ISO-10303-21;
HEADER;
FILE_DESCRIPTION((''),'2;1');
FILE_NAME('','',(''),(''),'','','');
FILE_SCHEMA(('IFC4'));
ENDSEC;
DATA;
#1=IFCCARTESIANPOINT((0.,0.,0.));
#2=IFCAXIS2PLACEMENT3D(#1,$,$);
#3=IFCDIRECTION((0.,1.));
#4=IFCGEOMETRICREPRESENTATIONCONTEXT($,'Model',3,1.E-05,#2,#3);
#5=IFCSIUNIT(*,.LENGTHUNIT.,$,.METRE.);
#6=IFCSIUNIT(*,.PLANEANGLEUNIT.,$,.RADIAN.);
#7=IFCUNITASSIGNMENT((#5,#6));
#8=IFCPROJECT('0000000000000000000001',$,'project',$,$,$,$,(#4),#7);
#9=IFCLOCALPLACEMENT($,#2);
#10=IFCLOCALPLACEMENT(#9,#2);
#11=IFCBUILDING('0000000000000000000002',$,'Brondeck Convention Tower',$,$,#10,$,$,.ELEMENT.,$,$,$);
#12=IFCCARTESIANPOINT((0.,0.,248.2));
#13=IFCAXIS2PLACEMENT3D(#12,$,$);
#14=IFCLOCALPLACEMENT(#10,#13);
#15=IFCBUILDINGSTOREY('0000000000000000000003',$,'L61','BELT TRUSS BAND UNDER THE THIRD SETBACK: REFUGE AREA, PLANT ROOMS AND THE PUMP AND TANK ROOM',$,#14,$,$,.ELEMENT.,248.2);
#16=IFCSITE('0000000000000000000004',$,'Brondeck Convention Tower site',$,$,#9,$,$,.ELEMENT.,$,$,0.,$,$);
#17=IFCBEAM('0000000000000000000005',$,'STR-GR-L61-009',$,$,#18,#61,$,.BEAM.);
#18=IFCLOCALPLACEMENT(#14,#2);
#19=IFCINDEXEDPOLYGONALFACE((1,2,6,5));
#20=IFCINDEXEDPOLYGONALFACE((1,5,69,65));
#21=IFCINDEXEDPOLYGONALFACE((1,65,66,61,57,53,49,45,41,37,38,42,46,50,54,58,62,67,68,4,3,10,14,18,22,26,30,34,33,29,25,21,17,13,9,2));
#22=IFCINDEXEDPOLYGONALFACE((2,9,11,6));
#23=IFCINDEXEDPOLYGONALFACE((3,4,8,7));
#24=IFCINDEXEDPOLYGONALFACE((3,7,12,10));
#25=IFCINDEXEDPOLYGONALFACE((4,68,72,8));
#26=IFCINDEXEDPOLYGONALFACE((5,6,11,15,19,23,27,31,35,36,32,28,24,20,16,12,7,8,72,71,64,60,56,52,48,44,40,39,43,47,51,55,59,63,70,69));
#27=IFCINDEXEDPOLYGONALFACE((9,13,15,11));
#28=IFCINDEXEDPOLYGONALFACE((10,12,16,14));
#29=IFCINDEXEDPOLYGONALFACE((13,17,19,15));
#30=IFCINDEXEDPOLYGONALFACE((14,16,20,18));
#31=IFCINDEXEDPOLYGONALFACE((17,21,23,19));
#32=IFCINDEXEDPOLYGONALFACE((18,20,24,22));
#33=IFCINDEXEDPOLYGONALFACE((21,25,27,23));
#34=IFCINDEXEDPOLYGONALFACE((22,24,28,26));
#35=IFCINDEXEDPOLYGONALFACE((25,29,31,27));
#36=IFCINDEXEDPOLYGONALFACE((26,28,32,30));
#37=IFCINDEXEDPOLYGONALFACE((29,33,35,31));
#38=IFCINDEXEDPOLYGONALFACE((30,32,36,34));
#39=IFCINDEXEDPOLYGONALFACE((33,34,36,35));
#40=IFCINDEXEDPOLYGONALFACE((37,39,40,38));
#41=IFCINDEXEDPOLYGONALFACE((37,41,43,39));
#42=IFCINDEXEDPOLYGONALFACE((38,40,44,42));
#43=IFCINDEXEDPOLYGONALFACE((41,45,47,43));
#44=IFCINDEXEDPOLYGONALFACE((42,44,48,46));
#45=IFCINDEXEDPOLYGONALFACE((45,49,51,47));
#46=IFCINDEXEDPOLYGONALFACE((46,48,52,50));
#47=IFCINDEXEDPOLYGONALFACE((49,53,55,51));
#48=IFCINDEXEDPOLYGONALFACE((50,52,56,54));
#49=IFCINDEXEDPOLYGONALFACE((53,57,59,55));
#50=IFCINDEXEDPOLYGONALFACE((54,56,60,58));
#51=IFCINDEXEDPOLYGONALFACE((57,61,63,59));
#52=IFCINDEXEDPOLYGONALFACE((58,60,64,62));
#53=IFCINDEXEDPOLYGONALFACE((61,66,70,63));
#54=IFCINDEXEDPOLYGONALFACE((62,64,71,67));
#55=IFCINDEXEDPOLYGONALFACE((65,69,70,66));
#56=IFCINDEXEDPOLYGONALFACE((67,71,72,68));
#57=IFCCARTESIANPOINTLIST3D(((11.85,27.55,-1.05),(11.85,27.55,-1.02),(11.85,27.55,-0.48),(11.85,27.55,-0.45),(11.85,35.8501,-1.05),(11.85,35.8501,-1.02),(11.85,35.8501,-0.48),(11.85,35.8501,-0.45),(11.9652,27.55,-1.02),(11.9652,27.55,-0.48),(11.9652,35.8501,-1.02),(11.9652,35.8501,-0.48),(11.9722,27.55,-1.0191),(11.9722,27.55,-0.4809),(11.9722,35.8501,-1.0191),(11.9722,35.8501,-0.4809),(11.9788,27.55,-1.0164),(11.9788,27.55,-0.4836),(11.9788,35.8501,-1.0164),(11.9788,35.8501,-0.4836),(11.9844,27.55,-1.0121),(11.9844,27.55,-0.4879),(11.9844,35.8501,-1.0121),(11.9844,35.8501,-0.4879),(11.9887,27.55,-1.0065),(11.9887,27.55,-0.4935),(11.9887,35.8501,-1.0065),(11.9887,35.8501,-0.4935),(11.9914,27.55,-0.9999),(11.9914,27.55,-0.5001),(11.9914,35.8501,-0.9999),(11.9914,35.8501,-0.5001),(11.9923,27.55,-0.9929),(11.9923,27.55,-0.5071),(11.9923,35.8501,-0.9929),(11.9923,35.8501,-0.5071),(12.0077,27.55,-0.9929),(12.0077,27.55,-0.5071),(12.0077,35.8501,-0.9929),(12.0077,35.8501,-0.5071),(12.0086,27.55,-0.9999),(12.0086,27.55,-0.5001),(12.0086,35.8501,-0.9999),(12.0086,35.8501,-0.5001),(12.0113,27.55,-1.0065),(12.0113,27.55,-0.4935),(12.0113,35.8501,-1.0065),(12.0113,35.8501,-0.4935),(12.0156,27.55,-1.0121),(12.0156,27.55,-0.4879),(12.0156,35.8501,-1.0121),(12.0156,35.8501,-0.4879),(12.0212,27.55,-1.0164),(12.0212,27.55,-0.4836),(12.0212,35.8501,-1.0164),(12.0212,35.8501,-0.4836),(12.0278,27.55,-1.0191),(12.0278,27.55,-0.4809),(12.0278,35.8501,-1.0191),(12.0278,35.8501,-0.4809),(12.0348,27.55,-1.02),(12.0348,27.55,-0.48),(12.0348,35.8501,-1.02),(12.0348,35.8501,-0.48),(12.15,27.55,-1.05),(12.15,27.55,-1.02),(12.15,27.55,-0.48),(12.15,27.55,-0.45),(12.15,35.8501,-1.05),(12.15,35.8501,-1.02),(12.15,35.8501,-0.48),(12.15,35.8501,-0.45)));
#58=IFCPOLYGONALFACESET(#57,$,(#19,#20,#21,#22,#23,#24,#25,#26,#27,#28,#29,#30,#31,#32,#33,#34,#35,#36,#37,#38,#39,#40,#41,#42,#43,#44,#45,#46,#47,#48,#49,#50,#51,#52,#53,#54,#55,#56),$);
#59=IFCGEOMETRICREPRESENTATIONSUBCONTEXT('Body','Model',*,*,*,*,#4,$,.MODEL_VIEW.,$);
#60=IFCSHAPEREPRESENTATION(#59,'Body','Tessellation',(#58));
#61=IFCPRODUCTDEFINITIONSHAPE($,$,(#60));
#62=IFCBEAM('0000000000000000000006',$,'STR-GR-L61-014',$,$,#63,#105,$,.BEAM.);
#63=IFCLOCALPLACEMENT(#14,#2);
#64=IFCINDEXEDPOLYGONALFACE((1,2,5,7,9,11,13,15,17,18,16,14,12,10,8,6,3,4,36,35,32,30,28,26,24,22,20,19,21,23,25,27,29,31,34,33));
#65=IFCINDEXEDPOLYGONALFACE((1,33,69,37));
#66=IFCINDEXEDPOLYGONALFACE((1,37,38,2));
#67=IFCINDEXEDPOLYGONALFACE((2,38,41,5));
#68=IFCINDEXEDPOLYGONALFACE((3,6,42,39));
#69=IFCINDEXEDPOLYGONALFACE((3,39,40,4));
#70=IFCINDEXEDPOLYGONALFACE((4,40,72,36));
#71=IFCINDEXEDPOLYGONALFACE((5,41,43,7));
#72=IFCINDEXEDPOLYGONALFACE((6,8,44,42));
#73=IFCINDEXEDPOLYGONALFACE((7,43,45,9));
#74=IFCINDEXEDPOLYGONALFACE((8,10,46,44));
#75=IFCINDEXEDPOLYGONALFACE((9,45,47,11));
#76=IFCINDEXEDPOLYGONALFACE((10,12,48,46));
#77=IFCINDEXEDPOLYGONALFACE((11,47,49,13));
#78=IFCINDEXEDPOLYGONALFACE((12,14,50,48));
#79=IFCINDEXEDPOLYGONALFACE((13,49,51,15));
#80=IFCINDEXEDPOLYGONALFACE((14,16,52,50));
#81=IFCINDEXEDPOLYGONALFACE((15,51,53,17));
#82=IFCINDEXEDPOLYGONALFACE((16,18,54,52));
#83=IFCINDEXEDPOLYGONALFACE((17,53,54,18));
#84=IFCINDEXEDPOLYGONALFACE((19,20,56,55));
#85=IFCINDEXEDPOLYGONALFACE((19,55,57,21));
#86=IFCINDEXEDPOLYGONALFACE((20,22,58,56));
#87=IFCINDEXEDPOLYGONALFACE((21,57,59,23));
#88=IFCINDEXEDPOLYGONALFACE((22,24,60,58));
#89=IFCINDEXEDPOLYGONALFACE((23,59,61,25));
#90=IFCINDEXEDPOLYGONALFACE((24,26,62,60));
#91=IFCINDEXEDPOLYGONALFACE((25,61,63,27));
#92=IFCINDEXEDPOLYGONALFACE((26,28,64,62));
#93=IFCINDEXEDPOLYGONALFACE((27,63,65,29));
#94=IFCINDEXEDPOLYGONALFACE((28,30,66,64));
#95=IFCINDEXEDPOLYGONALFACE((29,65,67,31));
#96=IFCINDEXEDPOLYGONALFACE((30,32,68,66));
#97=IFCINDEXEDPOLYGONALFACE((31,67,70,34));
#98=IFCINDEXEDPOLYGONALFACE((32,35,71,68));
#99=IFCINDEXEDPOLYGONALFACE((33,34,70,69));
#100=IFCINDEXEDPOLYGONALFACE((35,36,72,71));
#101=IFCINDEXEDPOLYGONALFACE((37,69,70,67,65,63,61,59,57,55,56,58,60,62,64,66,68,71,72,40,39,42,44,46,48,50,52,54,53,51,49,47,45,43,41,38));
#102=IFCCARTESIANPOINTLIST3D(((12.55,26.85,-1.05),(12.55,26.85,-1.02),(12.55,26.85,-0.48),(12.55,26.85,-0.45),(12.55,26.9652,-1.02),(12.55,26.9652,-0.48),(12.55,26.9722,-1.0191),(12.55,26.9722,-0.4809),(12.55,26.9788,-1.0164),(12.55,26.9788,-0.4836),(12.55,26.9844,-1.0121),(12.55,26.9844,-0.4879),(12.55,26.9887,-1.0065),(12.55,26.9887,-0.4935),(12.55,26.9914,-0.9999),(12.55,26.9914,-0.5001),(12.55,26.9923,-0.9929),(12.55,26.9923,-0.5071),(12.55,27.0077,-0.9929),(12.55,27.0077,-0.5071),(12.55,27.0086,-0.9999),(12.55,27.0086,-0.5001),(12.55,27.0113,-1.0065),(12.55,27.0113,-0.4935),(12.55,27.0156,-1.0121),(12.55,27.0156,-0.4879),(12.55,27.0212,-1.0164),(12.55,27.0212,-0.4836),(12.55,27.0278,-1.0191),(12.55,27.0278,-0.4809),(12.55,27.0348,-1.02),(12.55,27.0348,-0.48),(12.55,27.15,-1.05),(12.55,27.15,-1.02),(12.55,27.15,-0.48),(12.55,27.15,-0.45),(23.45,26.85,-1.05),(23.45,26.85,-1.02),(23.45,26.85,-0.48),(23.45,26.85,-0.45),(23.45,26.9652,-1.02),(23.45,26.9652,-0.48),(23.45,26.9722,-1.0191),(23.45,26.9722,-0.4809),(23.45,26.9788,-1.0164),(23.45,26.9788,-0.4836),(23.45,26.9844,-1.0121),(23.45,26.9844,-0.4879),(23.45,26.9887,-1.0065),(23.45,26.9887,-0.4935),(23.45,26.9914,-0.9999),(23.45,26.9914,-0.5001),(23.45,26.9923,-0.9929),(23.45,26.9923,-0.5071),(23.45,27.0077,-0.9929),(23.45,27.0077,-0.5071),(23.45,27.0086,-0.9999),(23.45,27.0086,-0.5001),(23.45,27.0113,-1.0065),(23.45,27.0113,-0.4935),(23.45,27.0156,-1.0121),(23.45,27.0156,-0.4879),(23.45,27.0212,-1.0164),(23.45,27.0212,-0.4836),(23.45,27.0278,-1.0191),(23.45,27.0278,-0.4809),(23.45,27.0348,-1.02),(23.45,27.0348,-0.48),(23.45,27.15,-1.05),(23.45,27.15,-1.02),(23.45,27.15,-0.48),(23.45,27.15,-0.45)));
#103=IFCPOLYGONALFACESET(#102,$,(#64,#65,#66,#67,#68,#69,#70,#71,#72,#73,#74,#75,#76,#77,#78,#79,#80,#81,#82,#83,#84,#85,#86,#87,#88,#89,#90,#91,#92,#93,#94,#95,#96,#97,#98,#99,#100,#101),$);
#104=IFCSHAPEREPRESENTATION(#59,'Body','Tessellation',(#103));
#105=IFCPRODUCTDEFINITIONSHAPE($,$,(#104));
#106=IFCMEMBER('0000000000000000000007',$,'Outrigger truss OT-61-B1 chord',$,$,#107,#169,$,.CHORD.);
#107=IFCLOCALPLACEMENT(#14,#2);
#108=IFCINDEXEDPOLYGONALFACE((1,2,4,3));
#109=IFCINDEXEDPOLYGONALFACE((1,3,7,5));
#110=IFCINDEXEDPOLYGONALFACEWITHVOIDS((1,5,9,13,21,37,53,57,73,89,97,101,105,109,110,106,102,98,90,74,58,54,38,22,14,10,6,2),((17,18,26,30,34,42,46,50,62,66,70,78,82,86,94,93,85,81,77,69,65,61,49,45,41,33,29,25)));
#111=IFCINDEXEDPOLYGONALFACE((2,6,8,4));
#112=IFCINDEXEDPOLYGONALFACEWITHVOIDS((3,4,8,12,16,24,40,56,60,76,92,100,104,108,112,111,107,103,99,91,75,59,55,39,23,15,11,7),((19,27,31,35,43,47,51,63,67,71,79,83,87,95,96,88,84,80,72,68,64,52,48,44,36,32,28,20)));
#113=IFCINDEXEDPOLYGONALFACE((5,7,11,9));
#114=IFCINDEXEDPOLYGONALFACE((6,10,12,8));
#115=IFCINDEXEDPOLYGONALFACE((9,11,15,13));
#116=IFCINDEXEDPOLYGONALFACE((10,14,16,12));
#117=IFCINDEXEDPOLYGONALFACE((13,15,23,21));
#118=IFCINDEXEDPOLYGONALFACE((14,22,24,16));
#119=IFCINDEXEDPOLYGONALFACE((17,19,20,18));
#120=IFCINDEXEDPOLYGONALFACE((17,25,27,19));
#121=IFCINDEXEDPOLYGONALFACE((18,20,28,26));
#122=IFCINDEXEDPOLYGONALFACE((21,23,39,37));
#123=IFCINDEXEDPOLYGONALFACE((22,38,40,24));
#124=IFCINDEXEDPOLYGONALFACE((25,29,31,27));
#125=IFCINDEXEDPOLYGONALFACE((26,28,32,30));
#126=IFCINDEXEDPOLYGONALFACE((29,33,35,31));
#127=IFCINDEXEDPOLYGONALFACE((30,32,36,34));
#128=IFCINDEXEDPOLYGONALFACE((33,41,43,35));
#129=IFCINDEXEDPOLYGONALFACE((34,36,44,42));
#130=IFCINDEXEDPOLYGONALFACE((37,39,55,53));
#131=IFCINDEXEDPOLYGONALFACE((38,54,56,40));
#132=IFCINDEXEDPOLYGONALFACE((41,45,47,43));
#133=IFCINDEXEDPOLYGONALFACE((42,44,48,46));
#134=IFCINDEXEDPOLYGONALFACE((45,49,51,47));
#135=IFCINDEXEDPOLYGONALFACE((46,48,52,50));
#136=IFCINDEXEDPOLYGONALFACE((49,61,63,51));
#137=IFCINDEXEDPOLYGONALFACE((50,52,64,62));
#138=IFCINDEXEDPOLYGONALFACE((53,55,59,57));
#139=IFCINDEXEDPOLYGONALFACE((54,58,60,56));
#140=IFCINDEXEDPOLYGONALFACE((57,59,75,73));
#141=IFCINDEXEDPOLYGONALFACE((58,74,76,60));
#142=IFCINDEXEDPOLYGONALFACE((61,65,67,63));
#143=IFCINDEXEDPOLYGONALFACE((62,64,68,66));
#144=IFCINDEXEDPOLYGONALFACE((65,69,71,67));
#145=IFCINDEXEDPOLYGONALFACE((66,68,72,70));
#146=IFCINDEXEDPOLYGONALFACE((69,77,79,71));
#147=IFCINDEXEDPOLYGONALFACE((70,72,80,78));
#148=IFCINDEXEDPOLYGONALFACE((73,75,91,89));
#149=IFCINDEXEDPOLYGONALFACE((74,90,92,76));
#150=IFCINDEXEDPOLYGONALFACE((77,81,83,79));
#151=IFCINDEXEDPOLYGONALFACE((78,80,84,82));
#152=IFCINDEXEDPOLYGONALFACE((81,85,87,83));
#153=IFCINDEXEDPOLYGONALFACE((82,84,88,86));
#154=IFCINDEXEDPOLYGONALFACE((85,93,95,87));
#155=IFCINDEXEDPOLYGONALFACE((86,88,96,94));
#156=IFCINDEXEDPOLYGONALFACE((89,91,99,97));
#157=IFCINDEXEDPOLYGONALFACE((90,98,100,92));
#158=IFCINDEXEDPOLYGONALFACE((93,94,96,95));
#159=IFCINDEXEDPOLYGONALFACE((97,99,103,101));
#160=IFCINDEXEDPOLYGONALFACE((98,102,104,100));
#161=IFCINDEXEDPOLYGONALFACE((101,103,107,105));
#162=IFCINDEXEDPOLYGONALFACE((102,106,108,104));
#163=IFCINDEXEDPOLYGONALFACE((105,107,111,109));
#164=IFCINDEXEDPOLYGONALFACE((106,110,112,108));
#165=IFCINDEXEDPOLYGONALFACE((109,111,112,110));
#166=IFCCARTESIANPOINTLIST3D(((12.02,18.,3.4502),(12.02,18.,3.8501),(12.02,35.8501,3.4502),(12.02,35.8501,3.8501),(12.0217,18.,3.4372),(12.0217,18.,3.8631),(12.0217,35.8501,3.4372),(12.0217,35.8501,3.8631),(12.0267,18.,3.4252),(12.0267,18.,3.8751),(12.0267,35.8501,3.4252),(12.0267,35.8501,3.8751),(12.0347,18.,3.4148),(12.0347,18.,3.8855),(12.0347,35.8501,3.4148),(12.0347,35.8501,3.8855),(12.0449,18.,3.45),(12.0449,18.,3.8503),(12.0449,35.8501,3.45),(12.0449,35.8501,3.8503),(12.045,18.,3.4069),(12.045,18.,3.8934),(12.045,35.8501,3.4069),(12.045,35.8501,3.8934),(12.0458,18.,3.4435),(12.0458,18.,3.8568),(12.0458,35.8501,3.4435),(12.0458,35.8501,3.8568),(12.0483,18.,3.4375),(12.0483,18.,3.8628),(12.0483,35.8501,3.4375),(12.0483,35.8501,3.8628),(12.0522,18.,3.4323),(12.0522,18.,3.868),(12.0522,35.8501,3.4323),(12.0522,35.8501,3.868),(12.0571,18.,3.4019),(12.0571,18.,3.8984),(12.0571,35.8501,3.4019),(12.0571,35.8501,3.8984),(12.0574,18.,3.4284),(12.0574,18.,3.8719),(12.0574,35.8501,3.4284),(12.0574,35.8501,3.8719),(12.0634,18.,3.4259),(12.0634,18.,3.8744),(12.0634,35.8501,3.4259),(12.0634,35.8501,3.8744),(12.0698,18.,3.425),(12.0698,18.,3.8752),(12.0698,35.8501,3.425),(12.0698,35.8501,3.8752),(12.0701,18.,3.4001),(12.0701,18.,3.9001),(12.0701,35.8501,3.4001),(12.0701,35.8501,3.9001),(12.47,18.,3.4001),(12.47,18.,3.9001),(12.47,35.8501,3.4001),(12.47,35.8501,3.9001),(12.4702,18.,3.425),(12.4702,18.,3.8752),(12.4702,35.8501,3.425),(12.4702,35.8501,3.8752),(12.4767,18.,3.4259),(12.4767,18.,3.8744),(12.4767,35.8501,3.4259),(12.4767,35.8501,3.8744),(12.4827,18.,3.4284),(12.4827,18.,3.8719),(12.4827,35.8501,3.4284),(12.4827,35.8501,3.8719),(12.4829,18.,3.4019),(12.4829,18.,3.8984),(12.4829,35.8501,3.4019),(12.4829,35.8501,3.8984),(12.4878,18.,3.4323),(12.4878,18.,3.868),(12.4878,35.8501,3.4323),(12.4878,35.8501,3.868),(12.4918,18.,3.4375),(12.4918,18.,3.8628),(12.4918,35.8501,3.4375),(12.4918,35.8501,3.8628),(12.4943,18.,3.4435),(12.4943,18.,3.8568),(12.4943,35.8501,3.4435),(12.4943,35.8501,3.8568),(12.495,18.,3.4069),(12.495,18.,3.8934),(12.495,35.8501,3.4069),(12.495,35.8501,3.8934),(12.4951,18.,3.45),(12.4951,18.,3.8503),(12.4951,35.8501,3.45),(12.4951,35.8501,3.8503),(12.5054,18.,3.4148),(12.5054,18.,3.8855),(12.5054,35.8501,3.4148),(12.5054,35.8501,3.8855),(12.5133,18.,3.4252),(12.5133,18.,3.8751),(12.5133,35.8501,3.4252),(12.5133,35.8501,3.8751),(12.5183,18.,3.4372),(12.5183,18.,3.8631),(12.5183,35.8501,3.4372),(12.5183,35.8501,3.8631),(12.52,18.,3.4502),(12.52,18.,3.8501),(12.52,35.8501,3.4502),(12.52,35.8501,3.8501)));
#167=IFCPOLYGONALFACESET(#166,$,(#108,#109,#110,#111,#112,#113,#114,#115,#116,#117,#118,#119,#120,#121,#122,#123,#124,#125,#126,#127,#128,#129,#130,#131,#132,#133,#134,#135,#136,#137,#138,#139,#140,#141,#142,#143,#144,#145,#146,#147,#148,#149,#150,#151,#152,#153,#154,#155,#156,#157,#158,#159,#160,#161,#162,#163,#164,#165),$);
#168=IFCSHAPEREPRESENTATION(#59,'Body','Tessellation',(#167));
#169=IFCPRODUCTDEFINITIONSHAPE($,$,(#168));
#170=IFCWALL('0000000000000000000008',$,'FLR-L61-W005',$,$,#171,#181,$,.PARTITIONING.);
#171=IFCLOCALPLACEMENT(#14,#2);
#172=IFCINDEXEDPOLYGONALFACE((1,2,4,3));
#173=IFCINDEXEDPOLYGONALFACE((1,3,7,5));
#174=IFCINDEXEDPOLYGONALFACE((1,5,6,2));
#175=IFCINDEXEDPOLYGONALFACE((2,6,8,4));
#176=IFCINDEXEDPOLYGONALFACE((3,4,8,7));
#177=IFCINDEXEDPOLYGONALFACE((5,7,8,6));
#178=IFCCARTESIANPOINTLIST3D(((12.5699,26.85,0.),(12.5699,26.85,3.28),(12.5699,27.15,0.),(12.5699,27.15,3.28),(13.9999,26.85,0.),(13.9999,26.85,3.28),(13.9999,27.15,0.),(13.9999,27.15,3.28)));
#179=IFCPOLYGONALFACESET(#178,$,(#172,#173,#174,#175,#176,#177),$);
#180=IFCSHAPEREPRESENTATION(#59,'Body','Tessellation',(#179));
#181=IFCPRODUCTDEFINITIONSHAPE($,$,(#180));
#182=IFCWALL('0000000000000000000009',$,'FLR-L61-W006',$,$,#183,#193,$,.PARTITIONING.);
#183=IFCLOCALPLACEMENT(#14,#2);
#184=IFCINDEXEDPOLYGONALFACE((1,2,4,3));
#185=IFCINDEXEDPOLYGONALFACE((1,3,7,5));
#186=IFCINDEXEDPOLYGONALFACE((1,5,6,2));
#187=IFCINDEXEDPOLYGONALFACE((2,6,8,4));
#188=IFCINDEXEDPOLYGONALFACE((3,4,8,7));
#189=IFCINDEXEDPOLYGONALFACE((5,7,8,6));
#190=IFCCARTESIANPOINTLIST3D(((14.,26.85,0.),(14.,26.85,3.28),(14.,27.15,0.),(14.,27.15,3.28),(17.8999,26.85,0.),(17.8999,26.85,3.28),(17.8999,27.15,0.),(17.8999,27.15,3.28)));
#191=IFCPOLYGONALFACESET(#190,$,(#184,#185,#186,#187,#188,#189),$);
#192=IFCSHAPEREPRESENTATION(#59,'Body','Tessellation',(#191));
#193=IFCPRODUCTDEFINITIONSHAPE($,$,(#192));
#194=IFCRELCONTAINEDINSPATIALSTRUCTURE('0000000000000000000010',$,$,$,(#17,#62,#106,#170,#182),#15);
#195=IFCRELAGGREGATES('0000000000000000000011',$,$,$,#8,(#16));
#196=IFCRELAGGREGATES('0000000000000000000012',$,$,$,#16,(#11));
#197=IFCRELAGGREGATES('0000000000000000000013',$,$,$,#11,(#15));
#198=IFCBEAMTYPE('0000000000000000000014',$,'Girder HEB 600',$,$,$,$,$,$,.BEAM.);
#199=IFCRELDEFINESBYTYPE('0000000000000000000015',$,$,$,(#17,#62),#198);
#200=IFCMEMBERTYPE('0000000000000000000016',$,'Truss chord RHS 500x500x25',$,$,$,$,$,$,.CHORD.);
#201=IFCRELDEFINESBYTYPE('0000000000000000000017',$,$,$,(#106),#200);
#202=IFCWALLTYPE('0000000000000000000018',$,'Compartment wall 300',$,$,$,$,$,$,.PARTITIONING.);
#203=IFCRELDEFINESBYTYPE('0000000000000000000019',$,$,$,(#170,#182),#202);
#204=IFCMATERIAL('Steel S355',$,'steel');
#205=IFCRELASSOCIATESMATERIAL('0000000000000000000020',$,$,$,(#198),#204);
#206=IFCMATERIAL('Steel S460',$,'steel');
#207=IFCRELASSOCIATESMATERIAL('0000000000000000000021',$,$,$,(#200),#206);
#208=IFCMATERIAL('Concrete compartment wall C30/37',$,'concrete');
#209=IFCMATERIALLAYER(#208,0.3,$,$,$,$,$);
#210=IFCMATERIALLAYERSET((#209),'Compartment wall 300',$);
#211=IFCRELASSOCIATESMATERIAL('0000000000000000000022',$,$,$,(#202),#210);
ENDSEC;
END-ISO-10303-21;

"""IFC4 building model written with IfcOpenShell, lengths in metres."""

from ifc_helpers import new_model, si_unit, direction, frame, frame_2d, origin, origin_2d, place, context, subcontext, project, spatial, rectangle, hollow_rectangle, i_section, extrude, material, layer, layer_set, material_profile, profile_set, type_object, element, save


model = new_model("IFC4")

# Units and contexts
model_context = context("Model", 3, precision=1e-05, world=origin(), true_north=direction((0.0, 1.0)))
body_context = subcontext(model_context, "Body", "Model", "MODEL_VIEW")
ifc_project = project(units=[si_unit("LENGTHUNIT", "METRE"), si_unit("PLANEANGLEUNIT", "RADIAN")], contexts=[model_context])

# Site, building, storey
site_placement = place(None, origin())
site = spatial("IfcSite", under=ifc_project, at=site_placement, Name="Brondeck Convention Tower site", CompositionType="ELEMENT", RefElevation=0.0)
building_placement = place(site_placement, origin())
building = spatial("IfcBuilding", under=site, at=building_placement, Name="Brondeck Convention Tower", CompositionType="ELEMENT")
storey_placement = place(building_placement, frame((0.0, 0.0, 248.2)))
storey = spatial("IfcBuildingStorey", under=building, at=storey_placement, Name="L61", Description="BELT TRUSS BAND UNDER THE THIRD SETBACK: REFUGE AREA, PLANT ROOMS AND THE PUMP AND TANK ROOM", CompositionType="ELEMENT", Elevation=248.2)

# Beams
ifc_material_1 = material(Name="Steel S355", Category="steel")
ifc_material_profile_1 = material_profile(ifc_material_1, i_section(OverallWidth=0.3, OverallDepth=0.6001, WebThickness=0.0154, FlangeThickness=0.03, FilletRadius=0.0271, at=origin_2d()), Name="HEB 600")
ifc_profile_set_1 = profile_set([ifc_material_profile_1], Name="Steel S355")
beam_type = type_object("IfcBeamType", Name="Girder HEB 600", PredefinedType="BEAM", material=ifc_profile_set_1)
beam_1_placement = place(storey_placement, frame((12.0, 35.8501, -0.75), z_axis=(0.0, -1.0, 0.0), x_axis=(1.0, 0.0, 0.0)))
element("IfcBeam", 1, at=beam_1_placement, inside=storey, type_object=beam_type, Name="STR-GR-L61-009", PredefinedType="BEAM", context=body_context, shape_type="SweptSolid", body=[
    extrude(i_section(OverallWidth=0.3, OverallDepth=0.6001, WebThickness=0.0154, FlangeThickness=0.03, FilletRadius=0.0271, at=origin_2d()), origin(), (0.0, 0.0, 1.0), 8.3),
])
beam_2_placement = place(storey_placement, frame((12.55, 27.0, -0.75), z_axis=(1.0, 0.0, 0.0), x_axis=(0.0, 1.0, 0.0)))
element("IfcBeam", 2, at=beam_2_placement, inside=storey, type_object=beam_type, Name="STR-GR-L61-014", PredefinedType="BEAM", context=body_context, shape_type="SweptSolid", body=[
    extrude(i_section(OverallWidth=0.3, OverallDepth=0.6001, WebThickness=0.0154, FlangeThickness=0.03, FilletRadius=0.0271, at=origin_2d()), origin(), (0.0, 0.0, 1.0), 10.8999),
])

# Member
ifc_material_2 = material(Name="Steel S460", Category="steel")
ifc_material_profile_2 = material_profile(ifc_material_2, hollow_rectangle(XDim=0.5, YDim=0.5, WallThickness=0.0249, InnerFilletRadius=0.0249, OuterFilletRadius=0.05, at=origin_2d()), Name="RHS 500x500x25")
ifc_profile_set_2 = profile_set([ifc_material_profile_2], Name="Steel S460")
member_type = type_object("IfcMemberType", Name="Truss chord RHS 500x500x25", PredefinedType="CHORD", material=ifc_profile_set_2)
member_placement = place(storey_placement, frame((12.27, 35.8501, 3.6501), z_axis=(0.0, -1.0, 0.0), x_axis=(1.0, 0.0, 0.0)))
element("IfcMember", 3, at=member_placement, inside=storey, type_object=member_type, Name="Outrigger truss OT-61-B1 chord", PredefinedType="CHORD", context=body_context, shape_type="SweptSolid", body=[
    extrude(hollow_rectangle(XDim=0.5, YDim=0.5, WallThickness=0.0249, InnerFilletRadius=0.0249, OuterFilletRadius=0.05, at=origin_2d()), origin(), (0.0, 0.0, 1.0), 17.8501),
])

# Walls
ifc_material_3 = material(Name="Concrete compartment wall C30/37", Category="concrete")
ifc_layer_1 = layer(ifc_material_3, 0.3)
ifc_layer_set_1 = layer_set([ifc_layer_1], Name="Compartment wall 300")
wall_type_1 = type_object("IfcWallType", Name="Compartment wall 300", PredefinedType="PARTITIONING", material=ifc_layer_set_1)
wall_1_placement = place(storey_placement, frame((12.5701, 27.0, 0.0), z_axis=(0.0, 0.0, 1.0), x_axis=(1.0, 0.0, 0.0)))
element("IfcWall", 4, at=wall_1_placement, inside=storey, type_object=wall_type_1, Name="FLR-L61-W005", PredefinedType="PARTITIONING", context=body_context, shape_type="SweptSolid", body=[
    extrude(rectangle(XDim=1.4299, YDim=0.3, at=frame_2d((0.7148, 0.0))), origin(), (0.0, 0.0, 1.0), 3.28),
])
wall_2_placement = place(storey_placement, frame((17.8999, 27.0, 0.0), z_axis=(0.0, 0.0, 1.0), x_axis=(-1.0, 0.0, 0.0)))
element("IfcWall", 5, at=wall_2_placement, inside=storey, type_object=wall_type_1, Name="FLR-L61-W006", PredefinedType="PARTITIONING", context=body_context, shape_type="SweptSolid", body=[
    extrude(rectangle(XDim=3.8999, YDim=0.3, at=frame_2d((1.95, 0.0))), origin(), (0.0, 0.0, 1.0), 3.28),
])

save(model, "model.ifc")
